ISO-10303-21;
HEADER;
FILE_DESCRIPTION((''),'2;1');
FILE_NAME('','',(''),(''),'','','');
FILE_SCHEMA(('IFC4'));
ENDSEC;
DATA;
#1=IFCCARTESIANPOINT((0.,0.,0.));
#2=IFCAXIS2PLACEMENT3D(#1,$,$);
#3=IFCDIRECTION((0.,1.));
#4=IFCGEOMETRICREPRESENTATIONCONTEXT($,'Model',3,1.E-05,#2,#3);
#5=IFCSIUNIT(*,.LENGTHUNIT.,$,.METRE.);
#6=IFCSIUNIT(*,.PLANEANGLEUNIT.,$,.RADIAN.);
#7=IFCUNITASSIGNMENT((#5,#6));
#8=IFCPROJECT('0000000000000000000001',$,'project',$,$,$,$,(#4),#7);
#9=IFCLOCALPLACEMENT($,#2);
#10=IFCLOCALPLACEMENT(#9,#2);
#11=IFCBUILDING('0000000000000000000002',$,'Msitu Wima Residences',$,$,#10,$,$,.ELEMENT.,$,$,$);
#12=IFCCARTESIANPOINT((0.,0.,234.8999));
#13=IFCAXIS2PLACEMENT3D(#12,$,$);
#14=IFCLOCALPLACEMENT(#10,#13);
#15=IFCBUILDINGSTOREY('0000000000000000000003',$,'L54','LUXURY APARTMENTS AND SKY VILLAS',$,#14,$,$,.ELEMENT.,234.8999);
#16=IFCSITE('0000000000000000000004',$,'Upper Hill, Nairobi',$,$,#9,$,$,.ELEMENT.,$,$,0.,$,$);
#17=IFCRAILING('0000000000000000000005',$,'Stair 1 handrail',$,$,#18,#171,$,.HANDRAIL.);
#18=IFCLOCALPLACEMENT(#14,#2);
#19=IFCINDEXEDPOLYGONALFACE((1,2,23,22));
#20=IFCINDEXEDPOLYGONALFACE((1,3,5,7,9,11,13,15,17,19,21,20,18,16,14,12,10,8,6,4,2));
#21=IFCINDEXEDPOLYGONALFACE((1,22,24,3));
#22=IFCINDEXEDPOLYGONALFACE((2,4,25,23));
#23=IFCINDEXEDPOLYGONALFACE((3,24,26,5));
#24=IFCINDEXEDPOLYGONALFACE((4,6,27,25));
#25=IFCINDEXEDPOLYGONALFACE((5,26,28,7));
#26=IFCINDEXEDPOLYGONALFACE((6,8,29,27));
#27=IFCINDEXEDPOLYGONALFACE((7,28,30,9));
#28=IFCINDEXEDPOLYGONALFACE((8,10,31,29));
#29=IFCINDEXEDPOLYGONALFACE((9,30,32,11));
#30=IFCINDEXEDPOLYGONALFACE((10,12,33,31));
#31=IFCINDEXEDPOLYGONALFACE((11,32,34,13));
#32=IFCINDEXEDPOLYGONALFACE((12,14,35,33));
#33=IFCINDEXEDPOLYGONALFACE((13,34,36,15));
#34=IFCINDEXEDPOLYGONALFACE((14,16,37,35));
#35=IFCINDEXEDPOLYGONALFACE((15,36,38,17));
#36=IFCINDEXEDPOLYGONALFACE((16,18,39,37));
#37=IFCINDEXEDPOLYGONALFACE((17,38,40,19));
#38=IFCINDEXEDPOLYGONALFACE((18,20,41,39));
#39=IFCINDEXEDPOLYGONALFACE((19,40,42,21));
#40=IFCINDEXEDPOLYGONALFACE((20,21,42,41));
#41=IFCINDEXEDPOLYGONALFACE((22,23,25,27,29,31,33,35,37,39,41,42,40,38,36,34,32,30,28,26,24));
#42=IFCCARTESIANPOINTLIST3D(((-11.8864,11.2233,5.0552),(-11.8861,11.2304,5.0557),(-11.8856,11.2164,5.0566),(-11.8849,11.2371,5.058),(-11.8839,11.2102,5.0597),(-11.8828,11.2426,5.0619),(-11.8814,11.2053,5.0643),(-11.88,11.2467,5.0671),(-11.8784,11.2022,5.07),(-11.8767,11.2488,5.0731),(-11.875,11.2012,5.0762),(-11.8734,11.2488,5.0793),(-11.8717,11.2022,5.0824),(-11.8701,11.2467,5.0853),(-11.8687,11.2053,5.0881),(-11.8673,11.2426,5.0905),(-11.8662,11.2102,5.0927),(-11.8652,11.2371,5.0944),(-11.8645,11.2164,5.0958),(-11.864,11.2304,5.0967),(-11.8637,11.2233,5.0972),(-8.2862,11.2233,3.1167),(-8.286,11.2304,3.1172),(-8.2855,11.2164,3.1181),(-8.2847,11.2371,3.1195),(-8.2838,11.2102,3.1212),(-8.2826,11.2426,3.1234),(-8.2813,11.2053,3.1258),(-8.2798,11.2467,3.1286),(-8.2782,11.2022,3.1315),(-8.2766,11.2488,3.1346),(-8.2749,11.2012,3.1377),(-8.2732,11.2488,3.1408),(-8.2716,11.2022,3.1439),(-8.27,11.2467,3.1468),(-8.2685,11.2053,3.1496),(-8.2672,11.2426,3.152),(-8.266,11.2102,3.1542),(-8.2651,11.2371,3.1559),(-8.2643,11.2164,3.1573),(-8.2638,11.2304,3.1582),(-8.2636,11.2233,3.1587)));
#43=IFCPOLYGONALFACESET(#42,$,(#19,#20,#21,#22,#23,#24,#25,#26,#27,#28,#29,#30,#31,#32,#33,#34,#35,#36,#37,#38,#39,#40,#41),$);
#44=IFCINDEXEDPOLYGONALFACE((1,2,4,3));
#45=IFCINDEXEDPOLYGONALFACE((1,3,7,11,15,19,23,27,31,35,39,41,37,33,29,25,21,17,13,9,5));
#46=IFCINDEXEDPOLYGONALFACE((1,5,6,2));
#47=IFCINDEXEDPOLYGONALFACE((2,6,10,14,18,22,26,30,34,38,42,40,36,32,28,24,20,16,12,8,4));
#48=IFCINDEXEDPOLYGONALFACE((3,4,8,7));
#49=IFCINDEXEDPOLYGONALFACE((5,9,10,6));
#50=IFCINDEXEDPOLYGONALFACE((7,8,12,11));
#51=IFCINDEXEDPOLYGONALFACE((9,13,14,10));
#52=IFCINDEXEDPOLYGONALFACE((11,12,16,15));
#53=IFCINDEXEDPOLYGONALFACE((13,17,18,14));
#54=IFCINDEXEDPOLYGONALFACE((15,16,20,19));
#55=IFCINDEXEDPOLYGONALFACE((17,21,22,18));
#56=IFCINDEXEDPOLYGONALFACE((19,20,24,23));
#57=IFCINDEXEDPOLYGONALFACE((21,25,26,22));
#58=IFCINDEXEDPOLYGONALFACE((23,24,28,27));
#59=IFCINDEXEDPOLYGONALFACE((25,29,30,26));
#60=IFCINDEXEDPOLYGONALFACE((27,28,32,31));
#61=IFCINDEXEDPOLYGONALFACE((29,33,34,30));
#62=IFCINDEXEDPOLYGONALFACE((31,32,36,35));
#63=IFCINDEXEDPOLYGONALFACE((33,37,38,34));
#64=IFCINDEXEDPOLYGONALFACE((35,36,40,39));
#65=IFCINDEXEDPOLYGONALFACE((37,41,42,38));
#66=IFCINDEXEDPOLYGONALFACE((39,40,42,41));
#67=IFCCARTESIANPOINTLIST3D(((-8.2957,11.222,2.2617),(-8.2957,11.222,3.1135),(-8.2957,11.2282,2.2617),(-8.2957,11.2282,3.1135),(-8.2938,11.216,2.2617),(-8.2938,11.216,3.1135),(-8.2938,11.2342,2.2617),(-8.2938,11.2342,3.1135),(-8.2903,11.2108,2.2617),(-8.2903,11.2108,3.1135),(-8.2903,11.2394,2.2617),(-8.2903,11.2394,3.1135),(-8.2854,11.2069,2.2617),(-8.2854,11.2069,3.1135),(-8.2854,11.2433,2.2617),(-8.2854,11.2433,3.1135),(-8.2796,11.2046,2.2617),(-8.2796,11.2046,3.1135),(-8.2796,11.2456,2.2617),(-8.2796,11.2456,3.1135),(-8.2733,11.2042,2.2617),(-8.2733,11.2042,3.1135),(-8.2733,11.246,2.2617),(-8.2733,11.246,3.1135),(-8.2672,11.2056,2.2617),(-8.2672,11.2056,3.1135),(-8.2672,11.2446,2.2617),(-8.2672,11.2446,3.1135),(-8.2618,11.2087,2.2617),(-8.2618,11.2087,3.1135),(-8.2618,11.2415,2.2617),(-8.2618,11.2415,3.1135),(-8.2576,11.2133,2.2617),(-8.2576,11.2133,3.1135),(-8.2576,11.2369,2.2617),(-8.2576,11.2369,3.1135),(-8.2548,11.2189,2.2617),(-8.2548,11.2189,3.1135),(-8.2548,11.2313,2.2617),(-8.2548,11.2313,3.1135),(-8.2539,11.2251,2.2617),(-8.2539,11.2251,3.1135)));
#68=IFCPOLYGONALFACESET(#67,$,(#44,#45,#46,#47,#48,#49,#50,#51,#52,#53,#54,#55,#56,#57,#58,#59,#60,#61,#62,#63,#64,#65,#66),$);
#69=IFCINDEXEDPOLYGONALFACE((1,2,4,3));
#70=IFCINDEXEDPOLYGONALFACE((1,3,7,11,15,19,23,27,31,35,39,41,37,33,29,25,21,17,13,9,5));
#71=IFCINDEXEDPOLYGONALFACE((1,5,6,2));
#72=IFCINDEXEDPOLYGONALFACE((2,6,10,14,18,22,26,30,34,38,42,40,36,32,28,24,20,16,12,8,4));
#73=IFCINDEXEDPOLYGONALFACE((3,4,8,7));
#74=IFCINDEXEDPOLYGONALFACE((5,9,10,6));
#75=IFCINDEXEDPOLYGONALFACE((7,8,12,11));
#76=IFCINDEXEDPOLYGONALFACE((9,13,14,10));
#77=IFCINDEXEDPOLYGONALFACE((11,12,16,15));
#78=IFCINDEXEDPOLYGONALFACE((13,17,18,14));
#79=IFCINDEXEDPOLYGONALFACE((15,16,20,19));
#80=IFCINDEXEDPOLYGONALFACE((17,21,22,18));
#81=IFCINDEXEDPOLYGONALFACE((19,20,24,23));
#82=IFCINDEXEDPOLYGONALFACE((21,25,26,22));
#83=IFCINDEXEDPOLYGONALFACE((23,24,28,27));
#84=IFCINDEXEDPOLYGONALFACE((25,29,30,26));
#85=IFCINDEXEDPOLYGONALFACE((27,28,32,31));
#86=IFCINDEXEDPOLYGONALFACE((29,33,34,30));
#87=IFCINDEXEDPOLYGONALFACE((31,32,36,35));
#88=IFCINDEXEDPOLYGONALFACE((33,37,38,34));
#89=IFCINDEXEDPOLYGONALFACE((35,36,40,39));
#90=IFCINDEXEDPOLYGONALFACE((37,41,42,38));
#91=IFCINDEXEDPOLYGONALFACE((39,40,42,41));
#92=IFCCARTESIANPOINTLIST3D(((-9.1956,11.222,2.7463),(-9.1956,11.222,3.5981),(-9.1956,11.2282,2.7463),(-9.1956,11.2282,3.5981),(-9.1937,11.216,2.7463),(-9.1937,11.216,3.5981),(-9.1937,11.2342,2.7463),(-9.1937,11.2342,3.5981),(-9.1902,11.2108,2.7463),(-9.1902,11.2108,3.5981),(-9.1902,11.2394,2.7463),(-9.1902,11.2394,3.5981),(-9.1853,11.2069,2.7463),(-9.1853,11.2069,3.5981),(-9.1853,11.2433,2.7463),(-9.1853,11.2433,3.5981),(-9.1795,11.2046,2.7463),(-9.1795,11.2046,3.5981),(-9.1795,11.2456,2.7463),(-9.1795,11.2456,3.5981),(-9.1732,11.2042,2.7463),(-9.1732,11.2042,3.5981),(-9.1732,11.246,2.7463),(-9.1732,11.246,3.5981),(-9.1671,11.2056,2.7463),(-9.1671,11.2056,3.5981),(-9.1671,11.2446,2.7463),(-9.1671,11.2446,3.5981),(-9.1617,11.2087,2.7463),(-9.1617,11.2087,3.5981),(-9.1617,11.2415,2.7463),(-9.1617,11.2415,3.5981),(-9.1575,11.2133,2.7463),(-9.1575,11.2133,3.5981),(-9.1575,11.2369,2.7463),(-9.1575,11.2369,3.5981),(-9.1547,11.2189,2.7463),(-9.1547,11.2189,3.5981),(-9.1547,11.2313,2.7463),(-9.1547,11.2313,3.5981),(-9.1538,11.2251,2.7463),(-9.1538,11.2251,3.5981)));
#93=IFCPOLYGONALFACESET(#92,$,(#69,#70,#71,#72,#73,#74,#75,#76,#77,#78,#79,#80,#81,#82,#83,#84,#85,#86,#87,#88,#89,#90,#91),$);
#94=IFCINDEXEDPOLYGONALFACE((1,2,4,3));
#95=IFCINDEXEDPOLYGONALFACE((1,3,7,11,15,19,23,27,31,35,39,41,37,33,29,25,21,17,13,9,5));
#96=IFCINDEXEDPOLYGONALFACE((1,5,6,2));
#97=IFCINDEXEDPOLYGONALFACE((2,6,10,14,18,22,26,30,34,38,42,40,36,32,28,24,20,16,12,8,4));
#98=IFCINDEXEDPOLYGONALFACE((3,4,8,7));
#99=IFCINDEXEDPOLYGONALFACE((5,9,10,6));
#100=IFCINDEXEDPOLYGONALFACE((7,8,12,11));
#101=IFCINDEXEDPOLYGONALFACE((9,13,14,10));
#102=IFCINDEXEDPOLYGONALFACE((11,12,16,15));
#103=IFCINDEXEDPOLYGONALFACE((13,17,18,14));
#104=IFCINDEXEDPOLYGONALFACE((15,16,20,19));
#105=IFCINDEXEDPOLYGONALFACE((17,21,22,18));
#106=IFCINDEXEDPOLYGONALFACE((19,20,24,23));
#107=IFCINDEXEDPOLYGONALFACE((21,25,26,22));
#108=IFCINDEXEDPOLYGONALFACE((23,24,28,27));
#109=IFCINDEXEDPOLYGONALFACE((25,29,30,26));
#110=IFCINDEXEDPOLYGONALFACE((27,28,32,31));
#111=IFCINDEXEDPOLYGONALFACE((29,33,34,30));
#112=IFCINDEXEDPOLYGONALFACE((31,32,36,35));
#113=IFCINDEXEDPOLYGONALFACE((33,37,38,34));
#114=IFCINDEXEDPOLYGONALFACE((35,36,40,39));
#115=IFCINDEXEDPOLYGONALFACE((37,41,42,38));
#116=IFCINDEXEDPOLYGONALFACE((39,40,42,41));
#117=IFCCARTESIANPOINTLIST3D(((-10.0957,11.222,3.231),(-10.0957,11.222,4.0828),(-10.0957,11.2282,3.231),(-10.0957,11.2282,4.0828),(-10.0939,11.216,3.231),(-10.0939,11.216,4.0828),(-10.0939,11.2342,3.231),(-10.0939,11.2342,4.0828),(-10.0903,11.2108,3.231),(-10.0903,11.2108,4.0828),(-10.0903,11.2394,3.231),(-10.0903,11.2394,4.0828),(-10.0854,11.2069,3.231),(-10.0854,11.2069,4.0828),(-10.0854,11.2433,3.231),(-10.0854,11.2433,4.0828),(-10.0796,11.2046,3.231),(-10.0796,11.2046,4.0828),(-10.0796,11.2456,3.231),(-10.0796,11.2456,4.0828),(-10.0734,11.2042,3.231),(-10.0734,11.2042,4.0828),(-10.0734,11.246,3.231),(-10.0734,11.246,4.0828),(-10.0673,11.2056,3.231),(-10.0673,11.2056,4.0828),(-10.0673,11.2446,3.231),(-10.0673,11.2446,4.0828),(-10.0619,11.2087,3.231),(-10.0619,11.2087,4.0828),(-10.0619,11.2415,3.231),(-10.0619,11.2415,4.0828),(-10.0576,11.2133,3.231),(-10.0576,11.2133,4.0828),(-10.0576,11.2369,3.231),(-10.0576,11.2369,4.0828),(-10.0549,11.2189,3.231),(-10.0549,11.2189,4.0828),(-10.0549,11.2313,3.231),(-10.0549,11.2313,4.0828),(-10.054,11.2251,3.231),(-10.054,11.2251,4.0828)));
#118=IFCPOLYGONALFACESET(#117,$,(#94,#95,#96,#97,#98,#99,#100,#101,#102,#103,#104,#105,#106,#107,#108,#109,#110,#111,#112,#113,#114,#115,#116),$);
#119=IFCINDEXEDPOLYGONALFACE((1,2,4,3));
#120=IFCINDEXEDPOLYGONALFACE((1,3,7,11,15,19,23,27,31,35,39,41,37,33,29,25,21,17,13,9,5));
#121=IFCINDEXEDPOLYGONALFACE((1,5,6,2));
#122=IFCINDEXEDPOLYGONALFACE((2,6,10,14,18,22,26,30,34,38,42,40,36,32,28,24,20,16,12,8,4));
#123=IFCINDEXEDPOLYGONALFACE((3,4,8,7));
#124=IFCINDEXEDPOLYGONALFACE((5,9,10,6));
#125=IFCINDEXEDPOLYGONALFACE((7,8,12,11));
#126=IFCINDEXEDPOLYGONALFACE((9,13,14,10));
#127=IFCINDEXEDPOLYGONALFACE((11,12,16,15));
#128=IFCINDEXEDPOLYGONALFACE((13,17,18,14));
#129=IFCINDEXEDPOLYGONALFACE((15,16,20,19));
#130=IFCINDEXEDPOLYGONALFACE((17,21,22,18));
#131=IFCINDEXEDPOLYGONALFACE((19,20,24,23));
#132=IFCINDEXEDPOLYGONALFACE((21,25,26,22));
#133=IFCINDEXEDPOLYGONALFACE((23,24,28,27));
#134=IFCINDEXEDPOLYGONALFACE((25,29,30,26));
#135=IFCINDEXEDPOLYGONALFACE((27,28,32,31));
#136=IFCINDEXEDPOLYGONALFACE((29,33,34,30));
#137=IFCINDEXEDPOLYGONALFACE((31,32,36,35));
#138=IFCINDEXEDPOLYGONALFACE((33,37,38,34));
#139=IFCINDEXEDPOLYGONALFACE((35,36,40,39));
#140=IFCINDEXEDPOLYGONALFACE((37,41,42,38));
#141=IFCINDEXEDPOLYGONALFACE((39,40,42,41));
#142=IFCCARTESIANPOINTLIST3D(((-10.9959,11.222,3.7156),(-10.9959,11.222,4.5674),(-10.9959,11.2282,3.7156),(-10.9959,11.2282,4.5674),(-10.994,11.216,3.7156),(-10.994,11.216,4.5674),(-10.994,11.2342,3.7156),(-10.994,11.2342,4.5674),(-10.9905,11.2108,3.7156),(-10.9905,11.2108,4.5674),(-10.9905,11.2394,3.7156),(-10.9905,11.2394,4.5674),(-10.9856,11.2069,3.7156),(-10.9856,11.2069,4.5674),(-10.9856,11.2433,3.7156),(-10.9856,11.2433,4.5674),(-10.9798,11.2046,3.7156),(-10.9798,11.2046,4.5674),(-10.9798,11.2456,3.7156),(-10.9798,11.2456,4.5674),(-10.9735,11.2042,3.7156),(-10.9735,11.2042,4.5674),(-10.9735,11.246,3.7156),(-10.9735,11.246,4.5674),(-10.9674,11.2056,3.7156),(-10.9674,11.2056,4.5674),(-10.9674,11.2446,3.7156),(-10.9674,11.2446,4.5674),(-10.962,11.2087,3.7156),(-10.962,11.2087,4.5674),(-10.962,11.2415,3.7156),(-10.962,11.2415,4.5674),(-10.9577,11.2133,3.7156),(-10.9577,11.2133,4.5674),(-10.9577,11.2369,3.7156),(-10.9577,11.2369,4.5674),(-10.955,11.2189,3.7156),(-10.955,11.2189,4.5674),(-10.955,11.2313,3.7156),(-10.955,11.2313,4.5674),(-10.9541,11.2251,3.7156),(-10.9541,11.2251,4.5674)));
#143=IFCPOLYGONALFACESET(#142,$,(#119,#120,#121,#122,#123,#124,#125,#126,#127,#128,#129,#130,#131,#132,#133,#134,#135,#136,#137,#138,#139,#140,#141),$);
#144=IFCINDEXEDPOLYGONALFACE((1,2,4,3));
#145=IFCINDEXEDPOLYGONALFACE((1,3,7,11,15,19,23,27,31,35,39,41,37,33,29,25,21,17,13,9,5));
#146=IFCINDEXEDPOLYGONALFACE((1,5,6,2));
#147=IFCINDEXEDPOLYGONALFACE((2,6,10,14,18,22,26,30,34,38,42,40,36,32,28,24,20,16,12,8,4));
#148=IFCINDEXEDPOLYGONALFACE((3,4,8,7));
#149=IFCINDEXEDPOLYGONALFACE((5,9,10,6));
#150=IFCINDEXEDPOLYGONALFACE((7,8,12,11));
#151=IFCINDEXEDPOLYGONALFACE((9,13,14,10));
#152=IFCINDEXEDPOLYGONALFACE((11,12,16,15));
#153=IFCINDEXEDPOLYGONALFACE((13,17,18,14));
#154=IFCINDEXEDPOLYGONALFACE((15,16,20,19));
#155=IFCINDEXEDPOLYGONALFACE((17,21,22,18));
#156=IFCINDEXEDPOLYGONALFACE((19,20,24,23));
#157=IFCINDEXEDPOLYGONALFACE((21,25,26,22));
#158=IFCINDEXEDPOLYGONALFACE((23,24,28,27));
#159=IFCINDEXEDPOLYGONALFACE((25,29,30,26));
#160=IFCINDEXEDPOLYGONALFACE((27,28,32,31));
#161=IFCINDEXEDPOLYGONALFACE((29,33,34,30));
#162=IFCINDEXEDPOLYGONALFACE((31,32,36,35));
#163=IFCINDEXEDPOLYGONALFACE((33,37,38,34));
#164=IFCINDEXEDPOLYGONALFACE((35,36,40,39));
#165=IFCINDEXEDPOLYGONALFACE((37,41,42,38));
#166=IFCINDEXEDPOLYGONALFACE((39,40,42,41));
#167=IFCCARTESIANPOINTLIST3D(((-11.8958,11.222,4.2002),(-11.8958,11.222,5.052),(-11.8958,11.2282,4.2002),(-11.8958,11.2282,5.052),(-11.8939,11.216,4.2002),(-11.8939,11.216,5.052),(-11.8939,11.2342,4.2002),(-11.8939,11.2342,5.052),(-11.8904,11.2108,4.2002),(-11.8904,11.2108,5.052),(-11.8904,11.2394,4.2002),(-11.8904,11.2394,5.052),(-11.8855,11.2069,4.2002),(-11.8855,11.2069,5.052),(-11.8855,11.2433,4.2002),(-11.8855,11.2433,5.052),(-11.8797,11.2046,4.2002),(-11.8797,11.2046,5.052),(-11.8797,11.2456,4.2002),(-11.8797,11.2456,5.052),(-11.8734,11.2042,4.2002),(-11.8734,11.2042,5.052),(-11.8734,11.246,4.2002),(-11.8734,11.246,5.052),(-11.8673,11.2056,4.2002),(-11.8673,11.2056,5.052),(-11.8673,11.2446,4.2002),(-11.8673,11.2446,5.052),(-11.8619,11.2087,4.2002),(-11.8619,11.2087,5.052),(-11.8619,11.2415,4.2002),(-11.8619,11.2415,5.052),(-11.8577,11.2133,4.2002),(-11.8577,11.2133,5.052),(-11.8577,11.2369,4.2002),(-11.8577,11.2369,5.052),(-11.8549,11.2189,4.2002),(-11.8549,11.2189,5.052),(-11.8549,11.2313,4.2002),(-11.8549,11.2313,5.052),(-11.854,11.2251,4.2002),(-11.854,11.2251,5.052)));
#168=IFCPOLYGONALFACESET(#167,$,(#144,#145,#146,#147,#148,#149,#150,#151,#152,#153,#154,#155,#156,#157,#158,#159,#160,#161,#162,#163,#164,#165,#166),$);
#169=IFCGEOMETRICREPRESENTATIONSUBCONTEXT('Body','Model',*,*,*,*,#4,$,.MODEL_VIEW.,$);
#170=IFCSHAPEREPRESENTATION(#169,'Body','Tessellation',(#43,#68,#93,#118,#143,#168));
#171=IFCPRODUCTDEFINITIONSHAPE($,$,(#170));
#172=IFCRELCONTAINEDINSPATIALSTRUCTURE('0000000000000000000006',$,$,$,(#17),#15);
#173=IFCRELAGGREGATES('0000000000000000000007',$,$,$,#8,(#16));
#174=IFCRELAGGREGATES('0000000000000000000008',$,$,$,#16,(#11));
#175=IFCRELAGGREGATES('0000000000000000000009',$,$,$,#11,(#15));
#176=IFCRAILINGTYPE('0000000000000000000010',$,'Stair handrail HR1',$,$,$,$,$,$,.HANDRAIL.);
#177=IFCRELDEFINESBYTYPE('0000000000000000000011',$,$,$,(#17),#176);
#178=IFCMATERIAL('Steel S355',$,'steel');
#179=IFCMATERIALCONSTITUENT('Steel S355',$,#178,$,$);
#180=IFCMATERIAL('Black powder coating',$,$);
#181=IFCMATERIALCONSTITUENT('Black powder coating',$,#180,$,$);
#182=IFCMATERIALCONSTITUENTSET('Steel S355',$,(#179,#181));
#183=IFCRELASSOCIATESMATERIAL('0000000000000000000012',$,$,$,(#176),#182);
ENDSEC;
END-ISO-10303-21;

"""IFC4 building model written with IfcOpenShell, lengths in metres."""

from ifc_helpers import new_model, si_unit, direction, frame, origin, origin_2d, place, context, subcontext, project, spatial, circle, extrude, material, constituent, constituent_set, type_object, element, save


model = new_model("IFC4")

# Units and contexts
model_context = context("Model", 3, precision=1e-05, world=origin(), true_north=direction((0.0, 1.0)))
body_context = subcontext(model_context, "Body", "Model", "MODEL_VIEW")
ifc_project = project(units=[si_unit("LENGTHUNIT", "METRE"), si_unit("PLANEANGLEUNIT", "RADIAN")], contexts=[model_context])

# Site, building, storey
site_placement = place(None, origin())
site = spatial("IfcSite", under=ifc_project, at=site_placement, Name="Upper Hill, Nairobi", CompositionType="ELEMENT", RefElevation=0.0)
building_placement = place(site_placement, origin())
building = spatial("IfcBuilding", under=site, at=building_placement, Name="Msitu Wima Residences", CompositionType="ELEMENT")
storey_placement = place(building_placement, frame((0.0, 0.0, 234.8999)))
storey = spatial("IfcBuildingStorey", under=building, at=storey_placement, Name="L54", Description="LUXURY APARTMENTS AND SKY VILLAS", CompositionType="ELEMENT", Elevation=234.8999)

# Railing
ifc_material_1 = material(Name="Steel S355", Category="steel")
ifc_constituent_1 = constituent(ifc_material_1, Name="Steel S355")
ifc_material_2 = material(Name="Black powder coating")
ifc_constituent_2 = constituent(ifc_material_2, Name="Black powder coating")
ifc_constituent_set = constituent_set(constituents=[ifc_constituent_1, ifc_constituent_2], Name="Steel S355")
railing_type = type_object("IfcRailingType", Name="Stair handrail HR1", PredefinedType="HANDRAIL", material=ifc_constituent_set)
for number, where, name in (
    (1, (-8.2749, 11.2251, 2.2617), "Stair 1 handrail"),
):
    element("IfcRailing", number, at=place(storey_placement, frame(where)), inside=storey, type_object=railing_type, Name=name, PredefinedType="HANDRAIL", context=body_context, shape_type="SweptSolid", body=[
        extrude(circle(Radius=0.0239, at=origin_2d()), frame((0.0, 0.0, 0.876), z_axis=(-0.880475, 0.0, 0.474093), x_axis=(0.0, -1.0, 0.0)), (0.0, 0.0, 1.0), 4.0889),
        extrude(circle(Radius=0.021, at=origin_2d()), origin(), (0.0, 0.0, 1.0), 0.8518),
        extrude(circle(Radius=0.021, at=origin_2d()), frame((-0.8999, 0.0, 0.4846)), (0.0, 0.0, 1.0), 0.8518),
        extrude(circle(Radius=0.021, at=origin_2d()), frame((-1.8, 0.0, 0.9692)), (0.0, 0.0, 1.0), 0.8518),
        extrude(circle(Radius=0.021, at=origin_2d()), frame((-2.7002, 0.0, 1.4539)), (0.0, 0.0, 1.0), 0.8518),
        extrude(circle(Radius=0.021, at=origin_2d()), frame((-3.6001, 0.0, 1.9385)), (0.0, 0.0, 1.0), 0.8518),
    ])

save(model, "model.ifc")
